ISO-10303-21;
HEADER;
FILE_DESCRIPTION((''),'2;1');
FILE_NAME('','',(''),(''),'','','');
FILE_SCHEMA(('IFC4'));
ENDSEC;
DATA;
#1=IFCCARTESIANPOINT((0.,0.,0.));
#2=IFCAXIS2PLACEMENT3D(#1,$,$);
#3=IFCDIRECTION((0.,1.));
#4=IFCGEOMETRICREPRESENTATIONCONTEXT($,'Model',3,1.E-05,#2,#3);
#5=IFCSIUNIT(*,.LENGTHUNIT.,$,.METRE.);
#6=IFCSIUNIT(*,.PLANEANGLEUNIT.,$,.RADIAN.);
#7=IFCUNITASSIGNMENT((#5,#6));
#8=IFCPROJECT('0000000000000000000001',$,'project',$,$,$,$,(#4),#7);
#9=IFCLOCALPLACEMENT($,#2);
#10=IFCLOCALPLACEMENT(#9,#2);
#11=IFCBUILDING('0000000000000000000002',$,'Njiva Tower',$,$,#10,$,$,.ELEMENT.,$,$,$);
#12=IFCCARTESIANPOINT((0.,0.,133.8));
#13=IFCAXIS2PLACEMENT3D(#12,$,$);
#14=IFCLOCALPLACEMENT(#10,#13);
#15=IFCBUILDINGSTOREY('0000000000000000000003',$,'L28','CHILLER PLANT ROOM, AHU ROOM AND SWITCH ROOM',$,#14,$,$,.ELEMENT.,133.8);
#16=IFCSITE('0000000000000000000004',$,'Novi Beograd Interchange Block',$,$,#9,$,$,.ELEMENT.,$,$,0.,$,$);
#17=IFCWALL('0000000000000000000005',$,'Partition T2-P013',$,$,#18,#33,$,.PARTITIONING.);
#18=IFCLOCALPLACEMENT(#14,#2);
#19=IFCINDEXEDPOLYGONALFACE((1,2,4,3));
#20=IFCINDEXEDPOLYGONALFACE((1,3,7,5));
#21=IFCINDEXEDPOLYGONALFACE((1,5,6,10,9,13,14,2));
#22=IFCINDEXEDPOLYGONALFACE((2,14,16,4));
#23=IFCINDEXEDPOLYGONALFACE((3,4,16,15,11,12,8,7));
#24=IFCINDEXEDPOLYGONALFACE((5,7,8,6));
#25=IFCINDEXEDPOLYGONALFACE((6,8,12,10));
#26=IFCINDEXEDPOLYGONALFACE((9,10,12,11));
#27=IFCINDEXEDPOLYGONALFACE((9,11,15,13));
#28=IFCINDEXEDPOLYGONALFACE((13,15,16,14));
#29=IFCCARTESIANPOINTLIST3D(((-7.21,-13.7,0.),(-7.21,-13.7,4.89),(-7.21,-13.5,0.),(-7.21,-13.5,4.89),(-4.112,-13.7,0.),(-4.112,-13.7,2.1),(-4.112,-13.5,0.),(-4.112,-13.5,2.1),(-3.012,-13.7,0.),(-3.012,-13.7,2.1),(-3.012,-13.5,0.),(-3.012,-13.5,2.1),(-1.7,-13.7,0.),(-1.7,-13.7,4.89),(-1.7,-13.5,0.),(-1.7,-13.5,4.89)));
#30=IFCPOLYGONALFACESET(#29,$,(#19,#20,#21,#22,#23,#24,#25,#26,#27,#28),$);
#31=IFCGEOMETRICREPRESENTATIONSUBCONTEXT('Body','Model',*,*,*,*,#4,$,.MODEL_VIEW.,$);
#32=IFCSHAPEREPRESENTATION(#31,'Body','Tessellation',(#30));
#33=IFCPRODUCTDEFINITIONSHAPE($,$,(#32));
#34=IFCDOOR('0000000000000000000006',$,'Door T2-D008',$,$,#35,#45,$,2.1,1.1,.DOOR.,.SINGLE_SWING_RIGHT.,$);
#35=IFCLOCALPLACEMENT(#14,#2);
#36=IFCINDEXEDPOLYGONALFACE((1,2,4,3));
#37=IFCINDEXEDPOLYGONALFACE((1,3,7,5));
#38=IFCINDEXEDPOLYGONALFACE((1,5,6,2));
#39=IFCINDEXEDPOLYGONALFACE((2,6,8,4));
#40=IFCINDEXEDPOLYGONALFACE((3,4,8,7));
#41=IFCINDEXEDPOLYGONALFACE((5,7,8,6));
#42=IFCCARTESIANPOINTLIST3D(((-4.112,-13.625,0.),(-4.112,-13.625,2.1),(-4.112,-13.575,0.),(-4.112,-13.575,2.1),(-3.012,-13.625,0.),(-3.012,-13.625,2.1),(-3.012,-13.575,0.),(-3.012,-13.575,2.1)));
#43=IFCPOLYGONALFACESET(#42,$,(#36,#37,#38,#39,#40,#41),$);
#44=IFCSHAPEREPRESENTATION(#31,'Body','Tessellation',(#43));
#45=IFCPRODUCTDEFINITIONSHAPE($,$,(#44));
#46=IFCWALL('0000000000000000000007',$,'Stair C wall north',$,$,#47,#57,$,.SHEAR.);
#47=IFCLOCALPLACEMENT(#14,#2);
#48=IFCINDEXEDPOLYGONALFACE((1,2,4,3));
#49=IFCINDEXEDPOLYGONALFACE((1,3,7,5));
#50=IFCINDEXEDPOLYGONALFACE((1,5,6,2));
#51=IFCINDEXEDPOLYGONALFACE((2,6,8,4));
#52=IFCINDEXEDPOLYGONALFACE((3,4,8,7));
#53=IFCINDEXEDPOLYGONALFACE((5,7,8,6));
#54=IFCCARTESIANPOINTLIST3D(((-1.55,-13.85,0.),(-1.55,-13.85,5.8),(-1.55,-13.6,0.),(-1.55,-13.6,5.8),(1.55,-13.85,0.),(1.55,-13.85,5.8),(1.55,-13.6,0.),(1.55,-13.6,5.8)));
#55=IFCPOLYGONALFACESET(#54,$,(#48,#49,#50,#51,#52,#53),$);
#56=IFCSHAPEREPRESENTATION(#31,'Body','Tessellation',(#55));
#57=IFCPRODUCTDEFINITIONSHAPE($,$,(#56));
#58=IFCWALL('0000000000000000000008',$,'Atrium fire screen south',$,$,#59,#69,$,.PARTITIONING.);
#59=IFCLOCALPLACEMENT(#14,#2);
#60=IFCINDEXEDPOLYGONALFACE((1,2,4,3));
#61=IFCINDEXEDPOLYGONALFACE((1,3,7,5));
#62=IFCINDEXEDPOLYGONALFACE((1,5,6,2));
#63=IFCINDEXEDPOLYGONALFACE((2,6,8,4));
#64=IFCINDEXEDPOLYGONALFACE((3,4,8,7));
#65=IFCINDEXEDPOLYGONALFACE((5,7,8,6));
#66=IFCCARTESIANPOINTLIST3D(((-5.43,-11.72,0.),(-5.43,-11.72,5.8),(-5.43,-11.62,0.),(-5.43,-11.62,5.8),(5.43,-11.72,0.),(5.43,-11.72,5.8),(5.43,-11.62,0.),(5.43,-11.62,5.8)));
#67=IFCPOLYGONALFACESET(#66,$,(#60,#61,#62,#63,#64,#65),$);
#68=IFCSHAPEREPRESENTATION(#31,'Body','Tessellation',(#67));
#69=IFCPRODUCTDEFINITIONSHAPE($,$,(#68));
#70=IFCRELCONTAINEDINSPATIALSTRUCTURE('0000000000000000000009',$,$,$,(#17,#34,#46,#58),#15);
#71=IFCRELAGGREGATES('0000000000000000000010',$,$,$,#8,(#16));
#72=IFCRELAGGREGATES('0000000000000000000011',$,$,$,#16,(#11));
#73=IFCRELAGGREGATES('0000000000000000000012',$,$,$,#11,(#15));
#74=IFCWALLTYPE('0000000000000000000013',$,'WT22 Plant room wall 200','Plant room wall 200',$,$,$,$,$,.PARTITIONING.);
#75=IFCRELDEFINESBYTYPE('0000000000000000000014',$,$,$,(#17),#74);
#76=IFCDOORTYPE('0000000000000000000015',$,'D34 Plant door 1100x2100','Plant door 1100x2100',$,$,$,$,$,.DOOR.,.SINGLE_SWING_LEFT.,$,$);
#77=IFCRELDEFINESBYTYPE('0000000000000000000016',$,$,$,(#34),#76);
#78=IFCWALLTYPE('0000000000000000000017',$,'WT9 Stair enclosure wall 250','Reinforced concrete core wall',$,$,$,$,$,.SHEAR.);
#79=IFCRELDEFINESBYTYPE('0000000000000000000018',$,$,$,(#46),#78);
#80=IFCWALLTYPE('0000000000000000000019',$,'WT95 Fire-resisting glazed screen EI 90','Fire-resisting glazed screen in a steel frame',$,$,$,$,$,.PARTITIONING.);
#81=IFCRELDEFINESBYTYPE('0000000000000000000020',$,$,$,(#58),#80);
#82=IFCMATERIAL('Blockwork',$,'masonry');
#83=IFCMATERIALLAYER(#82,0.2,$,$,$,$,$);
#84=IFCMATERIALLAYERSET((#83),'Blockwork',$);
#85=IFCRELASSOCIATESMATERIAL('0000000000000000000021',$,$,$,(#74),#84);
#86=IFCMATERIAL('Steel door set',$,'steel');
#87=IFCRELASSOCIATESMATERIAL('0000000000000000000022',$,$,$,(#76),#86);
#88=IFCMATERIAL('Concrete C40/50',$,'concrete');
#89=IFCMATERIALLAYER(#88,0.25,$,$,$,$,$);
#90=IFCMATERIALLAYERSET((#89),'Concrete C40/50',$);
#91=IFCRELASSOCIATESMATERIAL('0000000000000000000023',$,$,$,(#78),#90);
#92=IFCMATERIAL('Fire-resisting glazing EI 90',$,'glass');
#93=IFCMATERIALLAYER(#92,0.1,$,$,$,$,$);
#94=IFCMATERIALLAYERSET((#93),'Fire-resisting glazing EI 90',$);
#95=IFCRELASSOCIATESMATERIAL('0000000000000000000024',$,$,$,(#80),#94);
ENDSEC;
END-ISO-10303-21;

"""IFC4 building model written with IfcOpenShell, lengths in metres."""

from ifc_helpers import new_model, si_unit, direction, frame, frame_2d, origin, place, context, subcontext, project, spatial, rectangle, extrude, material, layer, layer_set, type_object, element, fill, save


model = new_model("IFC4")

# Units and contexts
model_context = context("Model", 3, precision=1e-05, world=origin(), true_north=direction((0.0, 1.0)))
body_context = subcontext(model_context, "Body", "Model", "MODEL_VIEW")
ifc_project = project(units=[si_unit("LENGTHUNIT", "METRE"), si_unit("PLANEANGLEUNIT", "RADIAN")], contexts=[model_context])

# Site, building, storey
site_placement = place(None, origin())
site = spatial("IfcSite", under=ifc_project, at=site_placement, Name="Novi Beograd Interchange Block", CompositionType="ELEMENT", RefElevation=0.0)
building_placement = place(site_placement, origin())
building = spatial("IfcBuilding", under=site, at=building_placement, Name="Njiva Tower", CompositionType="ELEMENT")
storey_placement = place(building_placement, frame((0.0, 0.0, 133.8)))
storey = spatial("IfcBuildingStorey", under=building, at=storey_placement, Name="L28", Description="CHILLER PLANT ROOM, AHU ROOM AND SWITCH ROOM", CompositionType="ELEMENT", Elevation=133.8)

# Shared definitions
ifc_material_1 = material(Name="Blockwork", Category="masonry")
ifc_layer_1 = layer(ifc_material_1, 0.2)
ifc_layer_set_1 = layer_set([ifc_layer_1], Name="Blockwork")
wall_type_1 = type_object("IfcWallType", Name="WT22 Plant room wall 200", Description="Plant room wall 200", PredefinedType="PARTITIONING", material=ifc_layer_set_1)

# Shared definitions
ifc_material_2 = material(Name="Steel door set", Category="steel")
door_type = type_object("IfcDoorType", Name="D34 Plant door 1100x2100", Description="Plant door 1100x2100", OperationType="SINGLE_SWING_LEFT", PredefinedType="DOOR", material=ifc_material_2)

# Wall, opening, door
wall_1_placement = place(storey_placement, frame((-7.21, -13.6, 0.0), z_axis=(0.0, 0.0, 1.0), x_axis=(1.0, 0.0, 0.0)))
wall_1 = element("IfcWall", 1, at=wall_1_placement, inside=storey, type_object=wall_type_1, Name="Partition T2-P013", PredefinedType="PARTITIONING", context=body_context, shape_type="SweptSolid", body=[
    extrude(rectangle(XDim=5.51, YDim=0.2, at=frame_2d((2.755, 0.0))), origin(), (0.0, 0.0, 1.0), 4.89),
])
opening_1_placement = place(wall_1_placement, frame((3.098, 0.0, 0.0)))
opening_1 = element("IfcOpeningElement", 2, at=opening_1_placement, cuts=wall_1, PredefinedType="OPENING", context=body_context, shape_type="SweptSolid", body=[
    extrude(rectangle(XDim=1.1, YDim=2.1, at=frame_2d((0.55, 1.05))), frame((0.0, 0.11, 0.0), z_axis=(0.0, -1.0, 0.0), x_axis=(1.0, 0.0, 0.0)), (0.0, 0.0, 1.0), 0.22),
])
door_1_placement = place(opening_1_placement, origin())
door_1 = element("IfcDoor", 3, at=door_1_placement, inside=storey, type_object=door_type, Name="Door T2-D008", OperationType="SINGLE_SWING_RIGHT", OverallHeight=2.1, OverallWidth=1.1, PredefinedType="DOOR", context=body_context, shape_type="SweptSolid", body=[
    extrude(rectangle(XDim=1.1, YDim=2.1, at=frame_2d((0.55, 1.05))), frame((0.0, 0.025, 0.0), z_axis=(0.0, -1.0, 0.0), x_axis=(1.0, 0.0, 0.0)), (0.0, 0.0, 1.0), 0.05),
])
fill(opening_1, door_1)

# Walls
ifc_material_3 = material(Name="Concrete C40/50", Category="concrete")
ifc_layer_2 = layer(ifc_material_3, 0.25)
ifc_layer_set_2 = layer_set([ifc_layer_2], Name="Concrete C40/50")
wall_type_2 = type_object("IfcWallType", Name="WT9 Stair enclosure wall 250", Description="Reinforced concrete core wall", PredefinedType="SHEAR", material=ifc_layer_set_2)
wall_2_placement = place(storey_placement, frame((-1.55, -13.725, 0.0), z_axis=(0.0, 0.0, 1.0), x_axis=(1.0, 0.0, 0.0)))
element("IfcWall", 4, at=wall_2_placement, inside=storey, type_object=wall_type_2, Name="Stair C wall north", PredefinedType="SHEAR", context=body_context, shape_type="SweptSolid", body=[
    extrude(rectangle(XDim=3.1, YDim=0.25, at=frame_2d((1.55, 0.0))), origin(), (0.0, 0.0, 1.0), 5.8),
])
ifc_material_4 = material(Name="Fire-resisting glazing EI 90", Category="glass")
ifc_layer_3 = layer(ifc_material_4, 0.1)
ifc_layer_set_3 = layer_set([ifc_layer_3], Name="Fire-resisting glazing EI 90")
wall_type_3 = type_object("IfcWallType", Name="WT95 Fire-resisting glazed screen EI 90", Description="Fire-resisting glazed screen in a steel frame", PredefinedType="PARTITIONING", material=ifc_layer_set_3)
wall_3_placement = place(storey_placement, frame((-5.43, -11.67, 0.0), z_axis=(0.0, 0.0, 1.0), x_axis=(1.0, 0.0, 0.0)))
element("IfcWall", 5, at=wall_3_placement, inside=storey, type_object=wall_type_3, Name="Atrium fire screen south", PredefinedType="PARTITIONING", context=body_context, shape_type="SweptSolid", body=[
    extrude(rectangle(XDim=10.86, YDim=0.1, at=frame_2d((5.43, 0.0))), origin(), (0.0, 0.0, 1.0), 5.8),
])

save(model, "model.ifc")
